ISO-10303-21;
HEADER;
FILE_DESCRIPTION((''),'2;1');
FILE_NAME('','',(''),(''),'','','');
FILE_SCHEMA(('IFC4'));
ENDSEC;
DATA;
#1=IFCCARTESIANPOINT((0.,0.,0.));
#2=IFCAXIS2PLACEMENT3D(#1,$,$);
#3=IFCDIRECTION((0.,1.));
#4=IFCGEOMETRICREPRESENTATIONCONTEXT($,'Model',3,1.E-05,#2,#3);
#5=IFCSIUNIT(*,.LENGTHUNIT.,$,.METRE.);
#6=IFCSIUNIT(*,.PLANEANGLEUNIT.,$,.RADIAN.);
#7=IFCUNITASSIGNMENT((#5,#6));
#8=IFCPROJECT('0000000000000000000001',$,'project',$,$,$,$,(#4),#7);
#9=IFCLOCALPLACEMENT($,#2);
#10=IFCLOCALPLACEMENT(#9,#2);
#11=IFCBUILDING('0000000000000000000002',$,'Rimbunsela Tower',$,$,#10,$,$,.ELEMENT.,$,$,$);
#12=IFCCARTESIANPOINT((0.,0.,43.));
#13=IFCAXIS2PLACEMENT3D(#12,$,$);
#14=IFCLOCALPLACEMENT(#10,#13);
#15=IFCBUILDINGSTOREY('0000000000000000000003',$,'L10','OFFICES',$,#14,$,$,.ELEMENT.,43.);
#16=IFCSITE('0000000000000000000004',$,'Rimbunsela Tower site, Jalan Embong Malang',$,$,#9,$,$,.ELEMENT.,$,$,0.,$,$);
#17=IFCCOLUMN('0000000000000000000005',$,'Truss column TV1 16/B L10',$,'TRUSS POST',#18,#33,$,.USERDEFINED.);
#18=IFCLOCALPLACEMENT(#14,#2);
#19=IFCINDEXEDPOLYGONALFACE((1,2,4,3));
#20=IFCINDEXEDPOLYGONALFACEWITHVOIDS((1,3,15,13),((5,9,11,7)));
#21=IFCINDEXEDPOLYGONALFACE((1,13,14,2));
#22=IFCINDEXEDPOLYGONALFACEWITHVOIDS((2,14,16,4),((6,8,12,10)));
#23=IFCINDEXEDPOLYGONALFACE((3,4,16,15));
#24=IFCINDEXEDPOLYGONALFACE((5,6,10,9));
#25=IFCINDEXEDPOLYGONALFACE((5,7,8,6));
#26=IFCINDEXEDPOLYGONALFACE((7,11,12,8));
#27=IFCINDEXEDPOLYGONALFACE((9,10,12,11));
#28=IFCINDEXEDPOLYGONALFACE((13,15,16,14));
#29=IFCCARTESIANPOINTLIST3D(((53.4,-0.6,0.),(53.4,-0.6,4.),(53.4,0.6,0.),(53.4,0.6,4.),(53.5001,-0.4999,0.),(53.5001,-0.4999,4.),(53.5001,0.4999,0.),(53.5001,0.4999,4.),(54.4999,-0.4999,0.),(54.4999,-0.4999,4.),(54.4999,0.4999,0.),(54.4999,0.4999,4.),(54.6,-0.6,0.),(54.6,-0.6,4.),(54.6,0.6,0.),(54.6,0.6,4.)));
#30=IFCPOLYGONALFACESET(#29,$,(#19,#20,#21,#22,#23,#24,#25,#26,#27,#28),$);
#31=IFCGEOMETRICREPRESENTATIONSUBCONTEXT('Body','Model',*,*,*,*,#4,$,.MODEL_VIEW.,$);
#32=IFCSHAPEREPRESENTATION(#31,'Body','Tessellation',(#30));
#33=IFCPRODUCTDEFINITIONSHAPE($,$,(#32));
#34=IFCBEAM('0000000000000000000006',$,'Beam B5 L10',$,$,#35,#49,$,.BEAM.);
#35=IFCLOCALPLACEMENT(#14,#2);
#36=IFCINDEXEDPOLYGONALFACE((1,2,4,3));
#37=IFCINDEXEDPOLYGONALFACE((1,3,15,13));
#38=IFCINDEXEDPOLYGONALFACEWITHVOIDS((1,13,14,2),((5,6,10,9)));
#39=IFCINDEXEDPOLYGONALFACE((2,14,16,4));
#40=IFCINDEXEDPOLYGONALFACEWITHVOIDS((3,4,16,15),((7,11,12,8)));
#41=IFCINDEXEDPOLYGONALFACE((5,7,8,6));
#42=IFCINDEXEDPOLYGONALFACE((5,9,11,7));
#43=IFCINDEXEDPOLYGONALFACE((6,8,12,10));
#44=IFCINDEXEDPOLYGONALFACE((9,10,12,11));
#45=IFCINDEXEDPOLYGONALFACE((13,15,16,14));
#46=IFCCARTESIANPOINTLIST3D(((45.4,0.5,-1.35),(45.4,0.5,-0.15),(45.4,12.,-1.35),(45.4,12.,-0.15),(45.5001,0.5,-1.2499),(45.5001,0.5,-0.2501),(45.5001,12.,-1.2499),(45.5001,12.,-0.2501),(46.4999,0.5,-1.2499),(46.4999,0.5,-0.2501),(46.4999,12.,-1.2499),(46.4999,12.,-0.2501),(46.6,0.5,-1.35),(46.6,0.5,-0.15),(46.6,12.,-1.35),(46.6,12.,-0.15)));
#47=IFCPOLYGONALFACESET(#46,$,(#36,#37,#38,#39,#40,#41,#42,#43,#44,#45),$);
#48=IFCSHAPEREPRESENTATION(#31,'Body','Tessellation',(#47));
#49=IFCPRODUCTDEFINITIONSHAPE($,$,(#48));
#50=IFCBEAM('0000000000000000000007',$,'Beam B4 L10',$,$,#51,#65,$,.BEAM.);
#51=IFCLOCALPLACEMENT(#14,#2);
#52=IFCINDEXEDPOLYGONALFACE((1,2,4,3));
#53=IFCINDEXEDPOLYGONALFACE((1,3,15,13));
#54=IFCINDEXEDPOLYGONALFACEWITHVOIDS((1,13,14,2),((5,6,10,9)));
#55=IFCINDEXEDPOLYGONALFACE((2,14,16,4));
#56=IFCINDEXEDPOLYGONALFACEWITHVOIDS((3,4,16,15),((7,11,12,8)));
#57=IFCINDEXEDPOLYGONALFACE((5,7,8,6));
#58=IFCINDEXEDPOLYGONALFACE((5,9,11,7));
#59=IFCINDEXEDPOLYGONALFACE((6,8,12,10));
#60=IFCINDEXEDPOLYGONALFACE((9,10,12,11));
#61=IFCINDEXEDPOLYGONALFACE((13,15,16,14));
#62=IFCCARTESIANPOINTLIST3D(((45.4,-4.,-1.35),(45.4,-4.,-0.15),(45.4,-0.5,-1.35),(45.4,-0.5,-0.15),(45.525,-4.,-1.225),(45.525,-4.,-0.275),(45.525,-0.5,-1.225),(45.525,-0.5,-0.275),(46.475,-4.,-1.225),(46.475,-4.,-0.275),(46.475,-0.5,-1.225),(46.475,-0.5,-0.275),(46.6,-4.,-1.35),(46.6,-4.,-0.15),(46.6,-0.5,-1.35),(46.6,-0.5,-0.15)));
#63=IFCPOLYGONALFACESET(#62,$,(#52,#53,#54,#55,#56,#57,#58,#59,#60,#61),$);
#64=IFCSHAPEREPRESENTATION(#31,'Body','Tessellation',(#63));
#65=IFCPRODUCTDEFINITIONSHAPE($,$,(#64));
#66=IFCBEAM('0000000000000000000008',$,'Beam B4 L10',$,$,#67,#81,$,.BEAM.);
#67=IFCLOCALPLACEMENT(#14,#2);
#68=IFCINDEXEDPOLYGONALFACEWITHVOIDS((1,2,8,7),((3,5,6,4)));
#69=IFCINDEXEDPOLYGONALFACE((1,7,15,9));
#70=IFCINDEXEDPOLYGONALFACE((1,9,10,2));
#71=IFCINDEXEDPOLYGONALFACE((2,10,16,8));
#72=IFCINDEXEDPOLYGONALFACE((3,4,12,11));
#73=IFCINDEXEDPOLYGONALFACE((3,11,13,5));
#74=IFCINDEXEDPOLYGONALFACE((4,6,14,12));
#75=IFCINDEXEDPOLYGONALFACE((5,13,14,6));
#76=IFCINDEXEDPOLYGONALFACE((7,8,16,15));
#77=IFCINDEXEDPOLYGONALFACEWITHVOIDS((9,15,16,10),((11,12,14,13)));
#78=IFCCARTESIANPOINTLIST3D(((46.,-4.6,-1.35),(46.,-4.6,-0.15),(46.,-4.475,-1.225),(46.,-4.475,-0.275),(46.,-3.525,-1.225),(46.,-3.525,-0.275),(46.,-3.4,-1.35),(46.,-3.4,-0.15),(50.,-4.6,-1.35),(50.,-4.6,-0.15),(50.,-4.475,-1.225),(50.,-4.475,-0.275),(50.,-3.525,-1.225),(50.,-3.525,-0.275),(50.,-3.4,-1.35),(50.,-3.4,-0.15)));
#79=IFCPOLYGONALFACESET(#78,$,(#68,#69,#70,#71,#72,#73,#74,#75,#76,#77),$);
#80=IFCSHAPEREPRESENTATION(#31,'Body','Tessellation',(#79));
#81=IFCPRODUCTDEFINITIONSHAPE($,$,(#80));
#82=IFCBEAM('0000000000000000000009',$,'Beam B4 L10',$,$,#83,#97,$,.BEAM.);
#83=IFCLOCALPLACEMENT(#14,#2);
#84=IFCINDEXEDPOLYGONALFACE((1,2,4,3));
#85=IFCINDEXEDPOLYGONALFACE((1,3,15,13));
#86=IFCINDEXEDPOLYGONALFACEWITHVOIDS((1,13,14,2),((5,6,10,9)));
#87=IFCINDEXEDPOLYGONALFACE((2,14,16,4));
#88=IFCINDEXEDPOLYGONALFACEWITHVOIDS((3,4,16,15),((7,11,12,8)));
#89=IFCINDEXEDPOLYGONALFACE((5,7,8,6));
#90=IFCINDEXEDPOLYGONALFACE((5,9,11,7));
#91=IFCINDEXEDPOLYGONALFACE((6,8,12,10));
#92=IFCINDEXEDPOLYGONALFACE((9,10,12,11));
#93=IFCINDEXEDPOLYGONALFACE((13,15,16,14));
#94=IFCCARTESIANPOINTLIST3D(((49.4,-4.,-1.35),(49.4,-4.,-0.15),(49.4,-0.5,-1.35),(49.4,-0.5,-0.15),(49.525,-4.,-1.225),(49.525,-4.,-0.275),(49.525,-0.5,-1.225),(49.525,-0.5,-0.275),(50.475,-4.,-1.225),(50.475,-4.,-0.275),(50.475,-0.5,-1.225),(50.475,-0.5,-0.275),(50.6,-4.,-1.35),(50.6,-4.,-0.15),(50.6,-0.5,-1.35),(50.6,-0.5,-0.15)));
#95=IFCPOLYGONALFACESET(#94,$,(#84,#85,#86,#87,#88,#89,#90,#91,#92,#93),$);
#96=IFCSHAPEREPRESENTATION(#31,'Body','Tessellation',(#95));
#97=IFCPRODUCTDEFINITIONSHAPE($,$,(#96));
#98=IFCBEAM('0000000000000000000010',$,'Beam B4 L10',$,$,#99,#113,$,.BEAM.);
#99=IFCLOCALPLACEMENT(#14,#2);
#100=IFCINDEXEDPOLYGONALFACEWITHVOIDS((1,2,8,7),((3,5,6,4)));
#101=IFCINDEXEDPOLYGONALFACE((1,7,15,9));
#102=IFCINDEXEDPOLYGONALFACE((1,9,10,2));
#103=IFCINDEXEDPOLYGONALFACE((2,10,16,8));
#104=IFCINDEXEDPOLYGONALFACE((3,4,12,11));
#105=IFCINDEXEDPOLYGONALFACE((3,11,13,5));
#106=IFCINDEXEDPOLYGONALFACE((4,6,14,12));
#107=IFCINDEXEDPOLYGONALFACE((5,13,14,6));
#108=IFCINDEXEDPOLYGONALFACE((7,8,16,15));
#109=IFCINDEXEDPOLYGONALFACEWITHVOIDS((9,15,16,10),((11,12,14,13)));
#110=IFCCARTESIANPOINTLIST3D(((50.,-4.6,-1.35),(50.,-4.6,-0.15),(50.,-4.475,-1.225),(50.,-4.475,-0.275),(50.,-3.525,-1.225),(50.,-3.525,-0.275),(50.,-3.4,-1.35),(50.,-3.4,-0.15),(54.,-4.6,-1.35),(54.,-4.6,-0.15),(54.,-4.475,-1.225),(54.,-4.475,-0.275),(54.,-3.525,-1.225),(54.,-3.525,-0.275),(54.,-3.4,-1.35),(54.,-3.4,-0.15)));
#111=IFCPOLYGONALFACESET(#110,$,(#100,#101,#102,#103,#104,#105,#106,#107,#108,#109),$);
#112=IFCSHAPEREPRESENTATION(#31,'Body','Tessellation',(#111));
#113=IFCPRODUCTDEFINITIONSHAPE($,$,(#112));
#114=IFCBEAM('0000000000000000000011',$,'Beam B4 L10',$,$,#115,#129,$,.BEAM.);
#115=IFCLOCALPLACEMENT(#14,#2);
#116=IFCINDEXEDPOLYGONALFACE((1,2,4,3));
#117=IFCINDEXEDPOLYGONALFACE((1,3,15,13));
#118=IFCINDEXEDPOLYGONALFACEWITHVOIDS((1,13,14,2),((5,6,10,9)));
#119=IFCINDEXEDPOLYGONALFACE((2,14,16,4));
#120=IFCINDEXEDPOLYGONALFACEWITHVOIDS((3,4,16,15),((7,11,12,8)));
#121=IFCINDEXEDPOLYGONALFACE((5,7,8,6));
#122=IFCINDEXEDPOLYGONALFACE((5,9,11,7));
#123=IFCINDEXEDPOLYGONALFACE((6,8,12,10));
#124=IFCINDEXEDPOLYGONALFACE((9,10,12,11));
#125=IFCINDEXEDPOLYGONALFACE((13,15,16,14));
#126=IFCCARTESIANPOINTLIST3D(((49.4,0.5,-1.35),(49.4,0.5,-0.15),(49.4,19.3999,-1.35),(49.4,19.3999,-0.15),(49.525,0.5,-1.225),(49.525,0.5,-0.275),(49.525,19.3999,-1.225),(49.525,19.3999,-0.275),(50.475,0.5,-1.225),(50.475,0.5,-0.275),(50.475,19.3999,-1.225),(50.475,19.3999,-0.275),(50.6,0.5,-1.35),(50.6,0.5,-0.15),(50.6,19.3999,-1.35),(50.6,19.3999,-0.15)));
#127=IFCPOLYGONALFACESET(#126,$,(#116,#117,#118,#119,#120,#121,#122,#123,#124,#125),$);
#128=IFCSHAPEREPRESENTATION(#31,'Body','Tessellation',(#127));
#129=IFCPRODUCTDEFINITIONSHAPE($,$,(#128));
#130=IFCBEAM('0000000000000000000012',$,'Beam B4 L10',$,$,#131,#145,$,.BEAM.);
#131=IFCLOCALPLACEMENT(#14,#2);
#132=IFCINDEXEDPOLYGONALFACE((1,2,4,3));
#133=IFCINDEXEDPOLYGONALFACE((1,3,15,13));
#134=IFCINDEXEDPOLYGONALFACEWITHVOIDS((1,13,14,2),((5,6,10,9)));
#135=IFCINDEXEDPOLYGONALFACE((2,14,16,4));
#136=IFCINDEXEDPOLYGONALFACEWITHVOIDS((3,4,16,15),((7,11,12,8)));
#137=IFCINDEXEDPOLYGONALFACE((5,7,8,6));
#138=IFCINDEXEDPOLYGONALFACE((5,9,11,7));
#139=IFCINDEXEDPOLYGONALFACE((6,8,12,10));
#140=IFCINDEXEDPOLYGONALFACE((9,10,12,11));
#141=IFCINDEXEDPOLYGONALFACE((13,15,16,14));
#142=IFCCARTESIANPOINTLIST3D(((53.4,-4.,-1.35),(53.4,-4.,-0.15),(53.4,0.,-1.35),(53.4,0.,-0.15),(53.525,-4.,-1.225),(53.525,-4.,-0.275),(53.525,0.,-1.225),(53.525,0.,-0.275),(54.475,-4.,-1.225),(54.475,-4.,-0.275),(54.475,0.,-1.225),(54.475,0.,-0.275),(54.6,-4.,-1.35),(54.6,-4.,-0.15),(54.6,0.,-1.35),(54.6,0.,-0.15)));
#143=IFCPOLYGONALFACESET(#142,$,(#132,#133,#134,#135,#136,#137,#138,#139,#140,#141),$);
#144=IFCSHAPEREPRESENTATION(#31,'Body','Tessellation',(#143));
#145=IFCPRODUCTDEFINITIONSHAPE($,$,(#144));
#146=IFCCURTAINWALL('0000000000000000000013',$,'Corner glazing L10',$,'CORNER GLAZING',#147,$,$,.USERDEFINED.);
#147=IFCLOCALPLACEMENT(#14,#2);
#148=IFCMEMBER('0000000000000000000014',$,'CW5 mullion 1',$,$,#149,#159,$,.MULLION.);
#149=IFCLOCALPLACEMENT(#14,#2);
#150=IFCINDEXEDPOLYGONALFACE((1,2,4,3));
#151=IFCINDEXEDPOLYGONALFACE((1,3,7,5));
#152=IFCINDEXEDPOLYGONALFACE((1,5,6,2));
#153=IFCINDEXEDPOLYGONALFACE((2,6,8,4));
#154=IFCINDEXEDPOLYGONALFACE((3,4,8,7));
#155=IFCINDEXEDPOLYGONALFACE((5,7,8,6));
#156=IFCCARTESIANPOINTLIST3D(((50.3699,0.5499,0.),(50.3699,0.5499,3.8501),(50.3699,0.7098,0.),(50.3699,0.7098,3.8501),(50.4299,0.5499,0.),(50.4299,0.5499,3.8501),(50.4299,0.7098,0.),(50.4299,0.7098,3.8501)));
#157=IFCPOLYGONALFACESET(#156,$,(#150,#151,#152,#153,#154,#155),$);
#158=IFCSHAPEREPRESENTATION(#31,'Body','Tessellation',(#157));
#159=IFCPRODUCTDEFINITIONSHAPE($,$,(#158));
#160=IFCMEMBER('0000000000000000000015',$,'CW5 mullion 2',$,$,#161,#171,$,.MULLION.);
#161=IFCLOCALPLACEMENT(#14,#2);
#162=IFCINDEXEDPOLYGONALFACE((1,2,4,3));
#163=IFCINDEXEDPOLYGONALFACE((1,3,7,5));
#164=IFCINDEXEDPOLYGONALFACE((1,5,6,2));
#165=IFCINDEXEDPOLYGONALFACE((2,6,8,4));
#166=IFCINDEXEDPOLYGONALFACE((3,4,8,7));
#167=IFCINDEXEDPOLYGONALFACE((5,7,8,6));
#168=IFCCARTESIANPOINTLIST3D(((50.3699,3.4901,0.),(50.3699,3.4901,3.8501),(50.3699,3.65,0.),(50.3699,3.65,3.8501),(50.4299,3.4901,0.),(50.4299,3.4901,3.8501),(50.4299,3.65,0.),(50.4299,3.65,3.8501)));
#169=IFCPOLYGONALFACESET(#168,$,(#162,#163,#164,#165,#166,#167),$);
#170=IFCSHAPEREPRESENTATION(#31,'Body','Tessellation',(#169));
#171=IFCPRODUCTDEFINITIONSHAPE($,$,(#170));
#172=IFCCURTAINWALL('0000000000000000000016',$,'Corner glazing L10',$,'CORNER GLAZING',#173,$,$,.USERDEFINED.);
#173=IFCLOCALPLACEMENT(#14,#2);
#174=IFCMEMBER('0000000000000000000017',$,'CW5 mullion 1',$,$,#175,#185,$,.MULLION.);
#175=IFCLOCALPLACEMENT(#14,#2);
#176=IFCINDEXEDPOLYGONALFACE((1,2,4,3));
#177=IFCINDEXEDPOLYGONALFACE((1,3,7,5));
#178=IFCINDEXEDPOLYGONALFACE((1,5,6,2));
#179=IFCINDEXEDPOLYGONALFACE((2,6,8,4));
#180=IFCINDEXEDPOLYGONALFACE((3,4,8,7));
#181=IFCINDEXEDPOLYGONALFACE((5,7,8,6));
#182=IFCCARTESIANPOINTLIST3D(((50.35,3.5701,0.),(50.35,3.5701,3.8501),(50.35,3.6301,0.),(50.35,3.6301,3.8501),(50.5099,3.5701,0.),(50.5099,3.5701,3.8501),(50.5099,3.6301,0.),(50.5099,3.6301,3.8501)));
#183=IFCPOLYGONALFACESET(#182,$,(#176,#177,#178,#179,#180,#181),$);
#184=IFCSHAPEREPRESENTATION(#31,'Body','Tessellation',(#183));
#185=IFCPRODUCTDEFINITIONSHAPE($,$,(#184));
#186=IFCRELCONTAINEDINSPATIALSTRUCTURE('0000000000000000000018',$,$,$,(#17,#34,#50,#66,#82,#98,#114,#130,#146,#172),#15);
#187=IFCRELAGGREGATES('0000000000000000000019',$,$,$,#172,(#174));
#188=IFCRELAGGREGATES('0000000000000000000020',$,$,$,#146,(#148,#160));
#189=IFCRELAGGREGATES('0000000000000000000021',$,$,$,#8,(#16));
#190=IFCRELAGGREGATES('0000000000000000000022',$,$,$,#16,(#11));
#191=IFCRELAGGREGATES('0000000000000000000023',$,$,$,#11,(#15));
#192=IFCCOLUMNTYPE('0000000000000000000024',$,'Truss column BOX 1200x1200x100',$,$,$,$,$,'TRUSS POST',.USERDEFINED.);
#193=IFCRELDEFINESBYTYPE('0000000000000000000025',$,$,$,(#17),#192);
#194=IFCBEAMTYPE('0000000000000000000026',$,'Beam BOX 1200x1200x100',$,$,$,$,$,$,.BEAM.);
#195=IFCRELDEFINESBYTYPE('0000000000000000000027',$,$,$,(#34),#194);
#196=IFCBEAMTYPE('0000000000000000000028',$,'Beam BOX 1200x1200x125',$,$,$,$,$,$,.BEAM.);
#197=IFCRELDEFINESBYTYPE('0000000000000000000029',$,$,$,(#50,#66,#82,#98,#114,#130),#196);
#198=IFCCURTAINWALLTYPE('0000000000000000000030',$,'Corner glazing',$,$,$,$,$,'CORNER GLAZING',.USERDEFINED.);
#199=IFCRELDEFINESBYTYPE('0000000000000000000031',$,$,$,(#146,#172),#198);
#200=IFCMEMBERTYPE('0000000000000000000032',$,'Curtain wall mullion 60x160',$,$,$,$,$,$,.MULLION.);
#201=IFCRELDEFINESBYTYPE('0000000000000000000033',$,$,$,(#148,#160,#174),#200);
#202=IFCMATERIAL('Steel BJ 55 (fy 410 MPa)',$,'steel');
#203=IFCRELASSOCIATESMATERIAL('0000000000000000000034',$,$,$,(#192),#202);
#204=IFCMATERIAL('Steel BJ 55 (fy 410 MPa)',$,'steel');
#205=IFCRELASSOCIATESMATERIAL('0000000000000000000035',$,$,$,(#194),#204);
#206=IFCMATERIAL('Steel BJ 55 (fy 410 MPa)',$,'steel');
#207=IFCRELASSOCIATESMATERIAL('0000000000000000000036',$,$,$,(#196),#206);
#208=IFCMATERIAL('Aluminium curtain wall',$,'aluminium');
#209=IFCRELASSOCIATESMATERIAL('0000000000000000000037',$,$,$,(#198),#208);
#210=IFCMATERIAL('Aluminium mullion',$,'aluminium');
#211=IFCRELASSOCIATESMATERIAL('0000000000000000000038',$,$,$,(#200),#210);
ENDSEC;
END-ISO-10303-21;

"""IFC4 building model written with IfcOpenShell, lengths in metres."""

from ifc_helpers import new_model, si_unit, direction, frame, origin, origin_2d, place, context, subcontext, project, spatial, rectangle, hollow_rectangle, extrude, material, material_profile, profile_set, type_object, element, aggregate, save


model = new_model("IFC4")

# Units and contexts
model_context = context("Model", 3, precision=1e-05, world=origin(), true_north=direction((0.0, 1.0)))
body_context = subcontext(model_context, "Body", "Model", "MODEL_VIEW")
ifc_project = project(units=[si_unit("LENGTHUNIT", "METRE"), si_unit("PLANEANGLEUNIT", "RADIAN")], contexts=[model_context])

# Site, building, storey
site_placement = place(None, origin())
site = spatial("IfcSite", under=ifc_project, at=site_placement, Name="Rimbunsela Tower site, Jalan Embong Malang", CompositionType="ELEMENT", RefElevation=0.0)
building_placement = place(site_placement, origin())
building = spatial("IfcBuilding", under=site, at=building_placement, Name="Rimbunsela Tower", CompositionType="ELEMENT")
storey_placement = place(building_placement, frame((0.0, 0.0, 43.0)))
storey = spatial("IfcBuildingStorey", under=building, at=storey_placement, Name="L10", Description="OFFICES", CompositionType="ELEMENT", Elevation=43.0)

# Column
ifc_material_1 = material(Name="Steel BJ 55 (fy 410 MPa)", Category="steel")
ifc_material_profile_1 = material_profile(ifc_material_1, hollow_rectangle(XDim=1.2, YDim=1.2, WallThickness=0.1001, at=origin_2d()), Name="BOX 1200x1200x100")
ifc_profile_set_1 = profile_set([ifc_material_profile_1], Name="Steel BJ 55 (fy 410 MPa)")
column_type = type_object("IfcColumnType", Name="Truss column BOX 1200x1200x100", ElementType="TRUSS POST", PredefinedType="USERDEFINED", material=ifc_profile_set_1)
column_placement = place(storey_placement, frame((54.0, 0.0, 0.0), z_axis=(0.0, 0.0, 1.0), x_axis=(1.0, 0.0, 0.0)))
element("IfcColumn", 1, at=column_placement, inside=storey, type_object=column_type, Name="Truss column TV1 16/B L10", ObjectType="TRUSS POST", PredefinedType="USERDEFINED", context=body_context, shape_type="SweptSolid", body=[
    extrude(hollow_rectangle(XDim=1.2, YDim=1.2, WallThickness=0.1001, at=origin_2d()), origin(), (0.0, 0.0, 1.0), 4.0),
])

# Beams
ifc_material_2 = material(Name="Steel BJ 55 (fy 410 MPa)", Category="steel")
ifc_material_profile_2 = material_profile(ifc_material_2, hollow_rectangle(XDim=1.2, YDim=1.2, WallThickness=0.1001, at=origin_2d()), Name="BOX 1200x1200x100")
ifc_profile_set_2 = profile_set([ifc_material_profile_2], Name="Steel BJ 55 (fy 410 MPa)")
beam_type_1 = type_object("IfcBeamType", Name="Beam BOX 1200x1200x100", PredefinedType="BEAM", material=ifc_profile_set_2)
beam_1_placement = place(storey_placement, frame((46.0, 0.5, -0.75), z_axis=(0.0, 1.0, 0.0), x_axis=(-1.0, 0.0, 0.0)))
element("IfcBeam", 2, at=beam_1_placement, inside=storey, type_object=beam_type_1, Name="Beam B5 L10", PredefinedType="BEAM", context=body_context, shape_type="SweptSolid", body=[
    extrude(hollow_rectangle(XDim=1.2, YDim=1.2, WallThickness=0.1001, at=origin_2d()), origin(), (0.0, 0.0, 1.0), 11.5),
])
ifc_material_3 = material(Name="Steel BJ 55 (fy 410 MPa)", Category="steel")
ifc_material_profile_3 = material_profile(ifc_material_3, hollow_rectangle(XDim=1.2, YDim=1.2, WallThickness=0.125, at=origin_2d()), Name="BOX 1200x1200x125")
ifc_profile_set_3 = profile_set([ifc_material_profile_3], Name="Steel BJ 55 (fy 410 MPa)")
beam_type_2 = type_object("IfcBeamType", Name="Beam BOX 1200x1200x125", PredefinedType="BEAM", material=ifc_profile_set_3)
beam_2_placement = place(storey_placement, frame((46.0, -4.0, -0.75), z_axis=(0.0, 1.0, 0.0), x_axis=(-1.0, 0.0, 0.0)))
element("IfcBeam", 3, at=beam_2_placement, inside=storey, type_object=beam_type_2, Name="Beam B4 L10", PredefinedType="BEAM", context=body_context, shape_type="SweptSolid", body=[
    extrude(hollow_rectangle(XDim=1.2, YDim=1.2, WallThickness=0.125, at=origin_2d()), origin(), (0.0, 0.0, 1.0), 3.5),
])
beam_3_placement = place(storey_placement, frame((46.0, -4.0, -0.75), z_axis=(1.0, 0.0, 0.0), x_axis=(0.0, 1.0, 0.0)))
element("IfcBeam", 4, at=beam_3_placement, inside=storey, type_object=beam_type_2, Name="Beam B4 L10", PredefinedType="BEAM", context=body_context, shape_type="SweptSolid", body=[
    extrude(hollow_rectangle(XDim=1.2, YDim=1.2, WallThickness=0.125, at=origin_2d()), origin(), (0.0, 0.0, 1.0), 4.0),
])
beam_4_placement = place(storey_placement, frame((50.0, -4.0, -0.75), z_axis=(0.0, 1.0, 0.0), x_axis=(-1.0, 0.0, 0.0)))
element("IfcBeam", 5, at=beam_4_placement, inside=storey, type_object=beam_type_2, Name="Beam B4 L10", PredefinedType="BEAM", context=body_context, shape_type="SweptSolid", body=[
    extrude(hollow_rectangle(XDim=1.2, YDim=1.2, WallThickness=0.125, at=origin_2d()), origin(), (0.0, 0.0, 1.0), 3.5),
])
beam_5_placement = place(storey_placement, frame((50.0, -4.0, -0.75), z_axis=(1.0, 0.0, 0.0), x_axis=(0.0, 1.0, 0.0)))
element("IfcBeam", 6, at=beam_5_placement, inside=storey, type_object=beam_type_2, Name="Beam B4 L10", PredefinedType="BEAM", context=body_context, shape_type="SweptSolid", body=[
    extrude(hollow_rectangle(XDim=1.2, YDim=1.2, WallThickness=0.125, at=origin_2d()), origin(), (0.0, 0.0, 1.0), 4.0),
])
beam_6_placement = place(storey_placement, frame((50.0, 0.5, -0.75), z_axis=(0.0, 1.0, 0.0), x_axis=(-1.0, 0.0, 0.0)))
element("IfcBeam", 7, at=beam_6_placement, inside=storey, type_object=beam_type_2, Name="Beam B4 L10", PredefinedType="BEAM", context=body_context, shape_type="SweptSolid", body=[
    extrude(hollow_rectangle(XDim=1.2, YDim=1.2, WallThickness=0.125, at=origin_2d()), origin(), (0.0, 0.0, 1.0), 18.8999),
])
beam_7_placement = place(storey_placement, frame((54.0, -4.0, -0.75), z_axis=(0.0, 1.0, 0.0), x_axis=(-1.0, 0.0, 0.0)))
element("IfcBeam", 8, at=beam_7_placement, inside=storey, type_object=beam_type_2, Name="Beam B4 L10", PredefinedType="BEAM", context=body_context, shape_type="SweptSolid", body=[
    extrude(hollow_rectangle(XDim=1.2, YDim=1.2, WallThickness=0.125, at=origin_2d()), origin(), (0.0, 0.0, 1.0), 4.0),
])

# Curtain wall, members
ifc_material_4 = material(Name="Aluminium curtain wall", Category="aluminium")
curtain_wall_type = type_object("IfcCurtainWallType", Name="Corner glazing", ElementType="CORNER GLAZING", PredefinedType="USERDEFINED", material=ifc_material_4)
curtain_wall_1_placement = place(storey_placement, origin())
curtain_wall_1 = element("IfcCurtainWall", 9, at=curtain_wall_1_placement, inside=storey, type_object=curtain_wall_type, Name="Corner glazing L10", ObjectType="CORNER GLAZING", PredefinedType="USERDEFINED")
ifc_material_5 = material(Name="Aluminium mullion", Category="aluminium")
ifc_material_profile_4 = material_profile(ifc_material_5, rectangle(XDim=0.0601, YDim=0.1599, at=origin_2d()), Name="Mullion 60x160")
ifc_profile_set_4 = profile_set([ifc_material_profile_4], Name="Aluminium mullion")
member_type_1 = type_object("IfcMemberType", Name="Curtain wall mullion 60x160", PredefinedType="MULLION", material=ifc_profile_set_4)
member_1_placement = place(storey_placement, frame((50.3999, 0.6299, 0.0), z_axis=(0.0, 0.0, 1.0), x_axis=(-1.0, 0.0, 0.0)))
member_1 = element("IfcMember", 10, at=member_1_placement, type_object=member_type_1, Name="CW5 mullion 1", PredefinedType="MULLION", context=body_context, shape_type="SweptSolid", body=[
    extrude(rectangle(XDim=0.0601, YDim=0.1599, at=origin_2d()), origin(), (0.0, 0.0, 1.0), 3.8501),
])
member_2_placement = place(storey_placement, frame((50.3999, 3.5701, 0.0), z_axis=(0.0, 0.0, 1.0), x_axis=(-1.0, 0.0, 0.0)))
member_2 = element("IfcMember", 11, at=member_2_placement, type_object=member_type_1, Name="CW5 mullion 2", PredefinedType="MULLION", context=body_context, shape_type="SweptSolid", body=[
    extrude(rectangle(XDim=0.0601, YDim=0.1599, at=origin_2d()), origin(), (0.0, 0.0, 1.0), 3.8501),
])

# Curtain wall, member
curtain_wall_2_placement = place(storey_placement, origin())
curtain_wall_2 = element("IfcCurtainWall", 12, at=curtain_wall_2_placement, inside=storey, type_object=curtain_wall_type, Name="Corner glazing L10", ObjectType="CORNER GLAZING", PredefinedType="USERDEFINED")
member_3_placement = place(storey_placement, frame((50.4299, 3.6001, 0.0), z_axis=(0.0, 0.0, 1.0), x_axis=(0.0, 1.0, 0.0)))
member_3 = element("IfcMember", 13, at=member_3_placement, type_object=member_type_1, Name="CW5 mullion 1", PredefinedType="MULLION", context=body_context, shape_type="SweptSolid", body=[
    extrude(rectangle(XDim=0.0601, YDim=0.1599, at=origin_2d()), origin(), (0.0, 0.0, 1.0), 3.8501),
])
aggregate(curtain_wall_2, [member_3])

aggregate(curtain_wall_1, [member_1, member_2])

save(model, "model.ifc")
